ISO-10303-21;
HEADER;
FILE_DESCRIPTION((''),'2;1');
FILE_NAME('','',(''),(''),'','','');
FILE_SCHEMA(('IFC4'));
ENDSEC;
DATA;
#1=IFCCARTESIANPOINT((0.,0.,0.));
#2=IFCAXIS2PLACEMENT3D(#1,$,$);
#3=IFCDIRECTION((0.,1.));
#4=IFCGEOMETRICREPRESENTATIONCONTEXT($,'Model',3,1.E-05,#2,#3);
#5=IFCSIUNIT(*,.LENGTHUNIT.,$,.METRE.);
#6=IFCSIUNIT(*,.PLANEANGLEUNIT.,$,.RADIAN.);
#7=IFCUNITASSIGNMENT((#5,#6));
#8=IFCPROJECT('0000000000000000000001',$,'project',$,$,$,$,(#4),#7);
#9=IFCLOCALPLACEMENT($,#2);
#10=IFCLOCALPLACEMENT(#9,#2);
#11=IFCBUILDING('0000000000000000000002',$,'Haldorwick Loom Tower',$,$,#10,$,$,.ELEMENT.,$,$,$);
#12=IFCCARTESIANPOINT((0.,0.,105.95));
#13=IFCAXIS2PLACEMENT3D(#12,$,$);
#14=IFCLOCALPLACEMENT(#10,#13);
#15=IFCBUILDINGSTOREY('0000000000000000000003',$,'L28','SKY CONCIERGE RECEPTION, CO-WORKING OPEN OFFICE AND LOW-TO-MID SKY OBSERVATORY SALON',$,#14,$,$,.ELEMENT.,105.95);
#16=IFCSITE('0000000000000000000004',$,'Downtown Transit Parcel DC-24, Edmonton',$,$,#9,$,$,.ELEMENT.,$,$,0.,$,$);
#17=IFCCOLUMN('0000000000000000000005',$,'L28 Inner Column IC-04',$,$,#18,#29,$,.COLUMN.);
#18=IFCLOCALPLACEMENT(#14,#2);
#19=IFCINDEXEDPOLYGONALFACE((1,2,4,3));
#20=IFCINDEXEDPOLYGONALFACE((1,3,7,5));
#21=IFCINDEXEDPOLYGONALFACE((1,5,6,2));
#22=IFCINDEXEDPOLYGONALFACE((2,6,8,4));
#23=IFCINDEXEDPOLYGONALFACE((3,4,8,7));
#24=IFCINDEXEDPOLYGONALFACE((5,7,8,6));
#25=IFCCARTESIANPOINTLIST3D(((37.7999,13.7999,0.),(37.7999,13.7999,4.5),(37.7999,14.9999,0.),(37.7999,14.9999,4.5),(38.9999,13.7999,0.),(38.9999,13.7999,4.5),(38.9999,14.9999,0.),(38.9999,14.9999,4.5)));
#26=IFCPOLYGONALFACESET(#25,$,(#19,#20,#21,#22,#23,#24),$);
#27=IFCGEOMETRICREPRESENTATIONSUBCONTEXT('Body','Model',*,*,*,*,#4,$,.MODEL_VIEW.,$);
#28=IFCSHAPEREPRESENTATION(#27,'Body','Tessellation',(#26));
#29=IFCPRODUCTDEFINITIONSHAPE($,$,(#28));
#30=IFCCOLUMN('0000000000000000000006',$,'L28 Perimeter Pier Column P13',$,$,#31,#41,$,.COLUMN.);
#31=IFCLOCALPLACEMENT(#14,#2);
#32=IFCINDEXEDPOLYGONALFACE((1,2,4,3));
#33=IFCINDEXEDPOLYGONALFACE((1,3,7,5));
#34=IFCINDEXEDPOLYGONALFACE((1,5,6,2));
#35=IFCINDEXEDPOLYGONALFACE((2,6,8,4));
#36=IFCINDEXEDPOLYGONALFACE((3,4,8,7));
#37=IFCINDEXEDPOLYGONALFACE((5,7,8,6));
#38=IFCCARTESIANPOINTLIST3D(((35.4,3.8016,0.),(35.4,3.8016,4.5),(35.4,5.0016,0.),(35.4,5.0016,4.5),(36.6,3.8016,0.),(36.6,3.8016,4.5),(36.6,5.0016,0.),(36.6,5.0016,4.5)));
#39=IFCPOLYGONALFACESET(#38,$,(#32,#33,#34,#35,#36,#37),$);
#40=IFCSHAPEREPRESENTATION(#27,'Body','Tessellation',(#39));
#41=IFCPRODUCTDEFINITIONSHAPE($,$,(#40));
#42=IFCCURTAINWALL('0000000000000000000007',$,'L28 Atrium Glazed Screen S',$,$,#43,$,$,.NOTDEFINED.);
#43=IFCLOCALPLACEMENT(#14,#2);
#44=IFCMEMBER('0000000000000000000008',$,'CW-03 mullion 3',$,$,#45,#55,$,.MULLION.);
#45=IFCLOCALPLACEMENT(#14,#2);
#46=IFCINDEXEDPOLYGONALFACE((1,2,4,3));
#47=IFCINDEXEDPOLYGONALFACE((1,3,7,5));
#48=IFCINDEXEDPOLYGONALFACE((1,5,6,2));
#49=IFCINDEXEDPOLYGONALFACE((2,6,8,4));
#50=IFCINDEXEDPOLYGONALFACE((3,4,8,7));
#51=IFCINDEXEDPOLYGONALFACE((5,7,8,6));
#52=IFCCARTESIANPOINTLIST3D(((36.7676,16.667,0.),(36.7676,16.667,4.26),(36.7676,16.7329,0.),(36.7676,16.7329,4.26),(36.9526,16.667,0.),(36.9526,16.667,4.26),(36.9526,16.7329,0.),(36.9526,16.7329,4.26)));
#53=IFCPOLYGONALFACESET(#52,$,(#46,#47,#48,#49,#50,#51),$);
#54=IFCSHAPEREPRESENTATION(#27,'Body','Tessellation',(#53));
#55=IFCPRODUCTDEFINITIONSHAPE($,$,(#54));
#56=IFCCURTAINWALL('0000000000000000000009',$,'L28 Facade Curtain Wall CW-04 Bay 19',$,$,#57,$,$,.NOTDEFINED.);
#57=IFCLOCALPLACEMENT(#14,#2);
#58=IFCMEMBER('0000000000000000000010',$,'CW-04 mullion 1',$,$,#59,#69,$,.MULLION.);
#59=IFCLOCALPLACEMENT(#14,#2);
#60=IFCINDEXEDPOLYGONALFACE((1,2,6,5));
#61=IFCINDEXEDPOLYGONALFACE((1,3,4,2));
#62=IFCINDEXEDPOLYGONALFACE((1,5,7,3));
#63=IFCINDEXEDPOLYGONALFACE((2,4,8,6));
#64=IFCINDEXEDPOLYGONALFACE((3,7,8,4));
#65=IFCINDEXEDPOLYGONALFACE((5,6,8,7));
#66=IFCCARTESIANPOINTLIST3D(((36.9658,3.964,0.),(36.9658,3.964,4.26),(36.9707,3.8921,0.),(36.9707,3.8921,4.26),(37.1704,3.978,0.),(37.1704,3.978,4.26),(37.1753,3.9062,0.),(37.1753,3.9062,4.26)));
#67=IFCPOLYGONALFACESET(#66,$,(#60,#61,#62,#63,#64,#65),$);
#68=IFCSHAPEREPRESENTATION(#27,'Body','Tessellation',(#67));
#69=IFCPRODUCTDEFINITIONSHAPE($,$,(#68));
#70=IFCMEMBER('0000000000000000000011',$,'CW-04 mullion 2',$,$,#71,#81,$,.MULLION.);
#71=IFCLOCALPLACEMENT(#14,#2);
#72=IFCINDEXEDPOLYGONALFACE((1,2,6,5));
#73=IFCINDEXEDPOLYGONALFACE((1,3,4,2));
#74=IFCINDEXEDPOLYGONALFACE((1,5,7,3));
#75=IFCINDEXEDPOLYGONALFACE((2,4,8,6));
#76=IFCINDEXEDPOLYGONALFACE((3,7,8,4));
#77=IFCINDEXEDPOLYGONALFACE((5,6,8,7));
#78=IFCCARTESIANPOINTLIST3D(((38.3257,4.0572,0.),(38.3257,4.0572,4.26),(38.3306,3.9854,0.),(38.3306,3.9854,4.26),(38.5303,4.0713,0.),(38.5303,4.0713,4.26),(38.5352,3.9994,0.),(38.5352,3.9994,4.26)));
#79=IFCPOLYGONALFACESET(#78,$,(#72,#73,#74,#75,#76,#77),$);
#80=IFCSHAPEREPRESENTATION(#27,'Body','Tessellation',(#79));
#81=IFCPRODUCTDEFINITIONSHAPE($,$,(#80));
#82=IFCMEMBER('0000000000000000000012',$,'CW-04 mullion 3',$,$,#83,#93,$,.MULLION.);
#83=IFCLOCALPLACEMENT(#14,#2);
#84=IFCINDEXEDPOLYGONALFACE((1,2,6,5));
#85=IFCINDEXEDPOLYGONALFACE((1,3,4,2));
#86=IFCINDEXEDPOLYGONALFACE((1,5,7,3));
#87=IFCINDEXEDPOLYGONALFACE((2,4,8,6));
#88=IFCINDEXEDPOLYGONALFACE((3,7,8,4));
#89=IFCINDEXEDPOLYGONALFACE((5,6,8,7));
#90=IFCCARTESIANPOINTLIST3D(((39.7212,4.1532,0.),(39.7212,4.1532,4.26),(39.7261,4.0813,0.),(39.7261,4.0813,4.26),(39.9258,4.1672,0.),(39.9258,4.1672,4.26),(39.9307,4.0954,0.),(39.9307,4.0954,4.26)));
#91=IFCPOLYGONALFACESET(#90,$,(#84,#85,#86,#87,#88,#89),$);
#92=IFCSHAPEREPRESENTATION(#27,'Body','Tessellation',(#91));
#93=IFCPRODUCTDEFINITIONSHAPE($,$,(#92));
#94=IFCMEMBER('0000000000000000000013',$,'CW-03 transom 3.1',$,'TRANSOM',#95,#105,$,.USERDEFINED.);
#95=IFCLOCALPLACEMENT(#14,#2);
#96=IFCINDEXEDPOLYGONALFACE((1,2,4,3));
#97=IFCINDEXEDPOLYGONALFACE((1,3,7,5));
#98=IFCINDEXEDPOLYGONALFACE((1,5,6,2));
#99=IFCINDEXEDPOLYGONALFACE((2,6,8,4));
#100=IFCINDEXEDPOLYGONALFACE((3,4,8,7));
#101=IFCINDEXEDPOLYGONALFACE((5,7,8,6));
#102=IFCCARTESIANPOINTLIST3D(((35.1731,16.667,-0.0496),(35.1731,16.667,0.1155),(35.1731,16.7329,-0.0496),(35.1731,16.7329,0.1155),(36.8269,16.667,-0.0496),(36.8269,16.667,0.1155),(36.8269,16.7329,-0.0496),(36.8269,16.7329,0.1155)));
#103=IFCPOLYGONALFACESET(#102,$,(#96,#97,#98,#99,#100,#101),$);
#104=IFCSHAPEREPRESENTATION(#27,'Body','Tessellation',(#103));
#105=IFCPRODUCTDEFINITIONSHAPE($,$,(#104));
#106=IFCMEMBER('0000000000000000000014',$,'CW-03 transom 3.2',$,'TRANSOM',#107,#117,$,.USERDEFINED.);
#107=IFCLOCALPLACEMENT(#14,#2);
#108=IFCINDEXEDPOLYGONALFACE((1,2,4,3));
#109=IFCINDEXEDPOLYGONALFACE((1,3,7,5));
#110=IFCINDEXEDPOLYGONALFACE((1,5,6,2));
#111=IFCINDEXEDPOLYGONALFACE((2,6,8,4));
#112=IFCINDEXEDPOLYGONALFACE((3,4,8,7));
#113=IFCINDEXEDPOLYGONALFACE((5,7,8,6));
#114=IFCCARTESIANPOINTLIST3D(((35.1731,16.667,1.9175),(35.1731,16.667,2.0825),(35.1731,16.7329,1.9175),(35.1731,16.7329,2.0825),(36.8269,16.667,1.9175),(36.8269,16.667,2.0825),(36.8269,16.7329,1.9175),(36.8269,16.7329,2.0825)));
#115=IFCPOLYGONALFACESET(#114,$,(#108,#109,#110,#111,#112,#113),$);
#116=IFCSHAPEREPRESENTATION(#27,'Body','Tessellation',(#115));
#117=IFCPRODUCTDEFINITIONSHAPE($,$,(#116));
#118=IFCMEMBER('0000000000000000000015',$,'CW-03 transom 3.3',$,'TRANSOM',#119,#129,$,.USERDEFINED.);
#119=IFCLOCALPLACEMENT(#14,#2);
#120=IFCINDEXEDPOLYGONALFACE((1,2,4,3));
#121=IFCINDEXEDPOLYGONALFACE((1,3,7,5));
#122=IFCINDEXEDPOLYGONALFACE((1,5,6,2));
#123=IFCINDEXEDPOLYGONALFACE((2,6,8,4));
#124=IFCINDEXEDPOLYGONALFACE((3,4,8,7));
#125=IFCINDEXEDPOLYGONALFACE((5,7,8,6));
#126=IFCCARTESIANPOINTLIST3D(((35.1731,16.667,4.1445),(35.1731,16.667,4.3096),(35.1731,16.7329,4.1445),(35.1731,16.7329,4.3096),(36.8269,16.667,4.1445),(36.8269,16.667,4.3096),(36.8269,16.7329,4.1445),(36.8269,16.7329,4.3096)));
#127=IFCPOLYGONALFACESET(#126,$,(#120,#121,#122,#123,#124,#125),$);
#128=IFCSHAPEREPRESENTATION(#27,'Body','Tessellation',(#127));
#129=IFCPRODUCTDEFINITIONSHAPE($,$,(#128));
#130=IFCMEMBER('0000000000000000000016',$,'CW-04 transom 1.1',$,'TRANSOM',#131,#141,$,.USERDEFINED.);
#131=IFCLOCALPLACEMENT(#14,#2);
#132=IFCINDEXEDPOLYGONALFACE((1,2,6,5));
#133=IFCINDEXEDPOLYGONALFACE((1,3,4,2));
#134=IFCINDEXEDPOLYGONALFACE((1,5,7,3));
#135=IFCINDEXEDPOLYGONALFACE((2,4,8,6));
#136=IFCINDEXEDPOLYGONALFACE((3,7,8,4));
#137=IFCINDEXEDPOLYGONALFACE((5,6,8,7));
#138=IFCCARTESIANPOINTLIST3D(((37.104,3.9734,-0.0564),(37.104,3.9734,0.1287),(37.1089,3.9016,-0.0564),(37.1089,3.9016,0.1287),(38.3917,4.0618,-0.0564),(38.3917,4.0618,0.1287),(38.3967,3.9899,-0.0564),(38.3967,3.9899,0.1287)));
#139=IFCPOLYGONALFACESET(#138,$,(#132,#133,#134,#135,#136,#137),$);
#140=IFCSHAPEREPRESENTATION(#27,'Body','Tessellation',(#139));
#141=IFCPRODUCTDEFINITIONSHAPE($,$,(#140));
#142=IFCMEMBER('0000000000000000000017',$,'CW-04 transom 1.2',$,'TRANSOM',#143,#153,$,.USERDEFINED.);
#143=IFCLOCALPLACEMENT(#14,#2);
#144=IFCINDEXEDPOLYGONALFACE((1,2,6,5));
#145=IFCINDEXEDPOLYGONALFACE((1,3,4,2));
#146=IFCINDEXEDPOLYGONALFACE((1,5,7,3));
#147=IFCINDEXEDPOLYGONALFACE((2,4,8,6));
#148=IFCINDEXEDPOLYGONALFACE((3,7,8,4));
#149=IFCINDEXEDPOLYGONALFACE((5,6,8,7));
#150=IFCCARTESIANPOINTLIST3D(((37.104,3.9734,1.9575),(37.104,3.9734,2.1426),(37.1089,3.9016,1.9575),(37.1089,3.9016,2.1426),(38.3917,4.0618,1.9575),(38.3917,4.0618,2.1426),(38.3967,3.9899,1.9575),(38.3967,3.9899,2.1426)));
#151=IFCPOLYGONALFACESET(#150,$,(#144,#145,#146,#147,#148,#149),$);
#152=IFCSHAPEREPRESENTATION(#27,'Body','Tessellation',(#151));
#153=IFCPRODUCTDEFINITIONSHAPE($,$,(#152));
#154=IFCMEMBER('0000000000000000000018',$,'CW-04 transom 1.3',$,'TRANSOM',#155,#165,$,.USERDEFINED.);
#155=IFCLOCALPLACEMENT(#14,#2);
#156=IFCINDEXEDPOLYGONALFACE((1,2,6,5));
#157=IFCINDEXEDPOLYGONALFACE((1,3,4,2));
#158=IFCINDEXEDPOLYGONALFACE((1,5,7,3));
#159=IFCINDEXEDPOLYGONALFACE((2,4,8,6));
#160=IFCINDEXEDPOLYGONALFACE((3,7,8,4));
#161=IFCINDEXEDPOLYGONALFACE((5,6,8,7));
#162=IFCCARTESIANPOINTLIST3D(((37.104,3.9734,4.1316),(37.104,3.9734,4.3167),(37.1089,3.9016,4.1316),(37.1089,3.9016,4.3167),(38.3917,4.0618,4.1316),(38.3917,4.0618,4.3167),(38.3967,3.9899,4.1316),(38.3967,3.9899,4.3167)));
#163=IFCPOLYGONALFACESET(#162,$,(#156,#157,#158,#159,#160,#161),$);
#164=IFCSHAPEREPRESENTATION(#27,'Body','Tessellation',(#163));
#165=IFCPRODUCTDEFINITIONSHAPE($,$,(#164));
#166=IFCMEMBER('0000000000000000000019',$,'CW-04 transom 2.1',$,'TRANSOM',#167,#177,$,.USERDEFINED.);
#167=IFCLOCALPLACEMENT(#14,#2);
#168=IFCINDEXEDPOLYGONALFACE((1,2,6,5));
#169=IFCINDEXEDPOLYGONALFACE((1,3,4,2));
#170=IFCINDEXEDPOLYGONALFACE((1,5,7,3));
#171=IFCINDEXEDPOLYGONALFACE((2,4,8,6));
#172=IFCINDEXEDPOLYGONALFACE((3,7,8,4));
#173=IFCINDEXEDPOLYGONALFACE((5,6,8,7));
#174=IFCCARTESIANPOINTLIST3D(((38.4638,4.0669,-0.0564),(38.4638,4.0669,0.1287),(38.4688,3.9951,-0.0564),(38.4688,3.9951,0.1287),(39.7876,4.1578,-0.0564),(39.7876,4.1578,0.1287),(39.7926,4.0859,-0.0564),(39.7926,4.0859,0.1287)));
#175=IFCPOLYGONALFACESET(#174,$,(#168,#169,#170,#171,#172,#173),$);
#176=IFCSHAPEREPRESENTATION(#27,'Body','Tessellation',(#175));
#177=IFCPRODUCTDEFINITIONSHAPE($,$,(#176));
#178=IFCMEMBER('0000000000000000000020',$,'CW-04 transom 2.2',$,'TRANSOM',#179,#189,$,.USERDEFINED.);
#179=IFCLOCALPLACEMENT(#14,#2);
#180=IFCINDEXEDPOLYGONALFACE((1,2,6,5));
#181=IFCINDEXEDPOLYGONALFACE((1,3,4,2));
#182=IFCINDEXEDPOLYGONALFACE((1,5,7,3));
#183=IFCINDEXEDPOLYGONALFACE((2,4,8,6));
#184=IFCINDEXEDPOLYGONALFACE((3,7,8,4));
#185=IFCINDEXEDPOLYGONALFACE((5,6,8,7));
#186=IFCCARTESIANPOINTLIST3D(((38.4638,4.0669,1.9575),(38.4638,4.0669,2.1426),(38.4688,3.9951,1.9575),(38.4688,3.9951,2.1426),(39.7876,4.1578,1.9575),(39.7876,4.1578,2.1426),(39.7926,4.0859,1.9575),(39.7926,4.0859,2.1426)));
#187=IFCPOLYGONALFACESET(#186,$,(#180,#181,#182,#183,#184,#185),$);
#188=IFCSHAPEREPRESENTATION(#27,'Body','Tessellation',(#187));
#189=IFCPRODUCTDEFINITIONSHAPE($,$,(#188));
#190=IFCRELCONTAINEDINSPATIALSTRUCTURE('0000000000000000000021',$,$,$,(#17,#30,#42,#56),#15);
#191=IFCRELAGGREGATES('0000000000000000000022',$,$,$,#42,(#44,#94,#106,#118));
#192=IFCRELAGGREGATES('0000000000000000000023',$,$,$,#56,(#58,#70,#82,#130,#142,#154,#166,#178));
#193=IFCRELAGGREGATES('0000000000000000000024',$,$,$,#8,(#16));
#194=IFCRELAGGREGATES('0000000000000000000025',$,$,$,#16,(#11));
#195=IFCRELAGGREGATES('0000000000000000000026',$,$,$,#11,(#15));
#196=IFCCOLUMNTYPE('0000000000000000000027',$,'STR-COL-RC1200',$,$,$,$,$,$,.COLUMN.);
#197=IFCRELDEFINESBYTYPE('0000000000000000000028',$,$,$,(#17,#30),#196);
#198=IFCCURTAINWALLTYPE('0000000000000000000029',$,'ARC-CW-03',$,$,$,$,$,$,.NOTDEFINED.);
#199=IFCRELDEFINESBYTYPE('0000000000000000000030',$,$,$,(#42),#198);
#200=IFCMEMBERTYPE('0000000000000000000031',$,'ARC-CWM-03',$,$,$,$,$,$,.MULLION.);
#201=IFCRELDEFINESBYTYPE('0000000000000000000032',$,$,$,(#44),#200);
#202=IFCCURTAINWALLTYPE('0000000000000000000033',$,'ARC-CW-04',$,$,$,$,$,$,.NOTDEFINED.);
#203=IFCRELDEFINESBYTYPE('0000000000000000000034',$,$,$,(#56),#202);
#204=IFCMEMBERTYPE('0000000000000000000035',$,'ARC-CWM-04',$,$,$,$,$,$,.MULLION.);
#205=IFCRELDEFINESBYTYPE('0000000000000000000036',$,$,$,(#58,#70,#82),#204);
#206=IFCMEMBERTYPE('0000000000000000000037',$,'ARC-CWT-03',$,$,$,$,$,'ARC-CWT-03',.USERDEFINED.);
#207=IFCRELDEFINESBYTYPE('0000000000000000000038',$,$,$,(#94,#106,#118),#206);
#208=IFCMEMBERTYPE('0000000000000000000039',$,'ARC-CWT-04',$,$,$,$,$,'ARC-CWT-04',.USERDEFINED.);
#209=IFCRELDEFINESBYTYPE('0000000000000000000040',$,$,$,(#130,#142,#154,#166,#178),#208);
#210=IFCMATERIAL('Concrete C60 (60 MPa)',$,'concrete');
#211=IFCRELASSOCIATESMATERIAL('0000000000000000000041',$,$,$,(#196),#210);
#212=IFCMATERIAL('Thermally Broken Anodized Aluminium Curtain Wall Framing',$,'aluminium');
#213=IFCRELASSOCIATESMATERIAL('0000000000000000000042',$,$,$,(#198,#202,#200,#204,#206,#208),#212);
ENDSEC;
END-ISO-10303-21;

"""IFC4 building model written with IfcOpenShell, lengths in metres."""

from ifc_helpers import new_model, si_unit, direction, frame, origin, origin_2d, place, context, subcontext, project, spatial, rectangle, extrude, material, material_profile, profile_set, type_object, element, aggregate, save


model = new_model("IFC4")

# Units and contexts
model_context = context("Model", 3, precision=1e-05, world=origin(), true_north=direction((0.0, 1.0)))
body_context = subcontext(model_context, "Body", "Model", "MODEL_VIEW")
ifc_project = project(units=[si_unit("LENGTHUNIT", "METRE"), si_unit("PLANEANGLEUNIT", "RADIAN")], contexts=[model_context])

# Site, building, storey
site_placement = place(None, origin())
site = spatial("IfcSite", under=ifc_project, at=site_placement, Name="Downtown Transit Parcel DC-24, Edmonton", CompositionType="ELEMENT", RefElevation=0.0)
building_placement = place(site_placement, origin())
building = spatial("IfcBuilding", under=site, at=building_placement, Name="Haldorwick Loom Tower", CompositionType="ELEMENT")
storey_placement = place(building_placement, frame((0.0, 0.0, 105.95)))
storey = spatial("IfcBuildingStorey", under=building, at=storey_placement, Name="L28", Description="SKY CONCIERGE RECEPTION, CO-WORKING OPEN OFFICE AND LOW-TO-MID SKY OBSERVATORY SALON", CompositionType="ELEMENT", Elevation=105.95)

# Columns
ifc_material_1 = material(Name="Concrete C60 (60 MPa)", Category="concrete")
ifc_material_profile_1 = material_profile(ifc_material_1, rectangle(XDim=1.2, YDim=1.2, at=origin_2d()), Name="RC1200X1200", Category="concrete")
ifc_profile_set_1 = profile_set([ifc_material_profile_1], Name="Concrete C60 (60 MPa)")
column_type = type_object("IfcColumnType", Name="STR-COL-RC1200", PredefinedType="COLUMN", material=ifc_profile_set_1)
for number, where, z_axis, x_axis, name in (
    (1, (38.3999, 14.3999, 0.0), (0.0, 0.0, 1.0), (1.0, 0.0, 0.0), "L28 Inner Column IC-04"),
    (2, (36.0, 4.4016, 0.0), (0.0, 0.0, 1.0), (0.0, -1.0, 0.0), "L28 Perimeter Pier Column P13"),
):
    element("IfcColumn", number, at=place(storey_placement, frame(where, z_axis=z_axis, x_axis=x_axis)), inside=storey, type_object=column_type, Name=name, PredefinedType="COLUMN", context=body_context, shape_type="SweptSolid", body=[
        extrude(rectangle(XDim=1.2, YDim=1.2, at=origin_2d()), origin(), (0.0, 0.0, 1.0), 4.5),
    ])

# Curtain wall, member
ifc_material_2 = material(Name="Thermally Broken Anodized Aluminium Curtain Wall Framing", Category="aluminium")
curtain_wall_type_1 = type_object("IfcCurtainWallType", Name="ARC-CW-03", PredefinedType="NOTDEFINED", material=ifc_material_2)
curtain_wall_1_placement = place(storey_placement, origin())
curtain_wall_1 = element("IfcCurtainWall", 3, at=curtain_wall_1_placement, inside=storey, type_object=curtain_wall_type_1, Name="L28 Atrium Glazed Screen S", PredefinedType="NOTDEFINED")
ifc_material_profile_2 = material_profile(ifc_material_2, rectangle(XDim=0.0659, YDim=0.1851, at=origin_2d()), Name="ALU_MUL_66X185", Category="aluminium")
ifc_profile_set_2 = profile_set([ifc_material_profile_2], Name="Thermally Broken Anodized Aluminium Curtain Wall Framing")
member_type_1 = type_object("IfcMemberType", Name="ARC-CWM-03", PredefinedType="MULLION", material=ifc_profile_set_2)
member_1_placement = place(storey_placement, frame((36.8601, 16.7, 0.0), z_axis=(0.0, 0.0, 1.0), x_axis=(0.0, -1.0, 0.0)))
member_1 = element("IfcMember", 4, at=member_1_placement, type_object=member_type_1, Name="CW-03 mullion 3", PredefinedType="MULLION", context=body_context, shape_type="SweptSolid", body=[
    extrude(rectangle(XDim=0.0659, YDim=0.1851, at=origin_2d()), origin(), (0.0, 0.0, 1.0), 4.26),
])

# Curtain wall, members
curtain_wall_type_2 = type_object("IfcCurtainWallType", Name="ARC-CW-04", PredefinedType="NOTDEFINED", material=ifc_material_2)
curtain_wall_2_placement = place(storey_placement, origin())
curtain_wall_2 = element("IfcCurtainWall", 5, at=curtain_wall_2_placement, inside=storey, type_object=curtain_wall_type_2, Name="L28 Facade Curtain Wall CW-04 Bay 19", PredefinedType="NOTDEFINED")
ifc_material_profile_3 = material_profile(ifc_material_2, rectangle(XDim=0.072, YDim=0.2051, at=origin_2d()), Name="ALU_MUL_72X205", Category="aluminium")
ifc_profile_set_3 = profile_set([ifc_material_profile_3], Name="Thermally Broken Anodized Aluminium Curtain Wall Framing")
member_type_2 = type_object("IfcMemberType", Name="ARC-CWM-04", PredefinedType="MULLION", material=ifc_profile_set_3)
member_2_placement = place(storey_placement, frame((37.0706, 3.9351, 0.0), z_axis=(0.0, 0.0, 1.0), x_axis=(-0.068496, 0.997651, 0.0)))
member_2 = element("IfcMember", 6, at=member_2_placement, type_object=member_type_2, Name="CW-04 mullion 1", PredefinedType="MULLION", context=body_context, shape_type="SweptSolid", body=[
    extrude(rectangle(XDim=0.072, YDim=0.2051, at=origin_2d()), origin(), (0.0, 0.0, 1.0), 4.26),
])
member_3_placement = place(storey_placement, frame((38.4304, 4.0283, 0.0), z_axis=(0.0, 0.0, 1.0), x_axis=(-0.068496, 0.997651, 0.0)))
member_3 = element("IfcMember", 7, at=member_3_placement, type_object=member_type_2, Name="CW-04 mullion 2", PredefinedType="MULLION", context=body_context, shape_type="SweptSolid", body=[
    extrude(rectangle(XDim=0.072, YDim=0.2051, at=origin_2d()), origin(), (0.0, 0.0, 1.0), 4.26),
])
member_4_placement = place(storey_placement, frame((39.8259, 4.1243, 0.0), z_axis=(0.0, 0.0, 1.0), x_axis=(-0.068496, 0.997651, 0.0)))
member_4 = element("IfcMember", 8, at=member_4_placement, type_object=member_type_2, Name="CW-04 mullion 3", PredefinedType="MULLION", context=body_context, shape_type="SweptSolid", body=[
    extrude(rectangle(XDim=0.072, YDim=0.2051, at=origin_2d()), origin(), (0.0, 0.0, 1.0), 4.26),
])

# Members
ifc_material_profile_4 = material_profile(ifc_material_2, rectangle(XDim=0.0659, YDim=0.165, at=origin_2d()), Name="ALU_TRN_66X165", Category="aluminium")
ifc_profile_set_4 = profile_set([ifc_material_profile_4], Name="Thermally Broken Anodized Aluminium Curtain Wall Framing")
member_type_3 = type_object("IfcMemberType", Name="ARC-CWT-03", ElementType="ARC-CWT-03", PredefinedType="USERDEFINED", material=ifc_profile_set_4)
member_5_placement = place(storey_placement, frame((36.8269, 16.7, 0.033), z_axis=(-1.0, 0.0, 0.0), x_axis=(0.0, -1.0, 0.0)))
member_5 = element("IfcMember", 9, at=member_5_placement, type_object=member_type_3, Name="CW-03 transom 3.1", ObjectType="TRANSOM", PredefinedType="USERDEFINED", context=body_context, shape_type="SweptSolid", body=[
    extrude(rectangle(XDim=0.0659, YDim=0.165, at=origin_2d()), origin(), (0.0, 0.0, 1.0), 1.6538),
])
member_6_placement = place(storey_placement, frame((36.8269, 16.7, 2.0), z_axis=(-1.0, 0.0, 0.0), x_axis=(0.0, -1.0, 0.0)))
member_6 = element("IfcMember", 10, at=member_6_placement, type_object=member_type_3, Name="CW-03 transom 3.2", ObjectType="TRANSOM", PredefinedType="USERDEFINED", context=body_context, shape_type="SweptSolid", body=[
    extrude(rectangle(XDim=0.0659, YDim=0.165, at=origin_2d()), origin(), (0.0, 0.0, 1.0), 1.6538),
])
member_7_placement = place(storey_placement, frame((36.8269, 16.7, 4.2271), z_axis=(-1.0, 0.0, 0.0), x_axis=(0.0, -1.0, 0.0)))
member_7 = element("IfcMember", 11, at=member_7_placement, type_object=member_type_3, Name="CW-03 transom 3.3", ObjectType="TRANSOM", PredefinedType="USERDEFINED", context=body_context, shape_type="SweptSolid", body=[
    extrude(rectangle(XDim=0.0659, YDim=0.165, at=origin_2d()), origin(), (0.0, 0.0, 1.0), 1.6538),
])
ifc_material_profile_5 = material_profile(ifc_material_2, rectangle(XDim=0.072, YDim=0.1851, at=origin_2d()), Name="ALU_TRN_72X185", Category="aluminium")
ifc_profile_set_5 = profile_set([ifc_material_profile_5], Name="Thermally Broken Anodized Aluminium Curtain Wall Framing")
member_type_4 = type_object("IfcMemberType", Name="ARC-CWT-04", ElementType="ARC-CWT-04", PredefinedType="USERDEFINED", material=ifc_profile_set_5)
member_8_placement = place(storey_placement, frame((37.1064, 3.9375, 0.0361), z_axis=(0.997654, 0.068465, 0.0), x_axis=(-0.068465, 0.997654, 0.0)))
member_8 = element("IfcMember", 12, at=member_8_placement, type_object=member_type_4, Name="CW-04 transom 1.1", ObjectType="TRANSOM", PredefinedType="USERDEFINED", context=body_context, shape_type="SweptSolid", body=[
    extrude(rectangle(XDim=0.072, YDim=0.1851, at=origin_2d()), origin(), (0.0, 0.0, 1.0), 1.2908),
])
member_9_placement = place(storey_placement, frame((37.1064, 3.9375, 2.05), z_axis=(0.997654, 0.068465, 0.0), x_axis=(-0.068465, 0.997654, 0.0)))
member_9 = element("IfcMember", 13, at=member_9_placement, type_object=member_type_4, Name="CW-04 transom 1.2", ObjectType="TRANSOM", PredefinedType="USERDEFINED", context=body_context, shape_type="SweptSolid", body=[
    extrude(rectangle(XDim=0.072, YDim=0.1851, at=origin_2d()), origin(), (0.0, 0.0, 1.0), 1.2908),
])
member_10_placement = place(storey_placement, frame((37.1064, 3.9375, 4.2241), z_axis=(0.997654, 0.068465, 0.0), x_axis=(-0.068465, 0.997654, 0.0)))
member_10 = element("IfcMember", 14, at=member_10_placement, type_object=member_type_4, Name="CW-04 transom 1.3", ObjectType="TRANSOM", PredefinedType="USERDEFINED", context=body_context, shape_type="SweptSolid", body=[
    extrude(rectangle(XDim=0.072, YDim=0.1851, at=origin_2d()), origin(), (0.0, 0.0, 1.0), 1.2908),
])
member_11_placement = place(storey_placement, frame((38.4663, 4.031, 0.0361), z_axis=(0.997655, 0.068448, 0.0), x_axis=(-0.068448, 0.997655, 0.0)))
member_11 = element("IfcMember", 15, at=member_11_placement, type_object=member_type_4, Name="CW-04 transom 2.1", ObjectType="TRANSOM", PredefinedType="USERDEFINED", context=body_context, shape_type="SweptSolid", body=[
    extrude(rectangle(XDim=0.072, YDim=0.1851, at=origin_2d()), origin(), (0.0, 0.0, 1.0), 1.3269),
])
member_12_placement = place(storey_placement, frame((38.4663, 4.031, 2.05), z_axis=(0.997655, 0.068448, 0.0), x_axis=(-0.068448, 0.997655, 0.0)))
member_12 = element("IfcMember", 16, at=member_12_placement, type_object=member_type_4, Name="CW-04 transom 2.2", ObjectType="TRANSOM", PredefinedType="USERDEFINED", context=body_context, shape_type="SweptSolid", body=[
    extrude(rectangle(XDim=0.072, YDim=0.1851, at=origin_2d()), origin(), (0.0, 0.0, 1.0), 1.3269),
])

aggregate(curtain_wall_1, [member_1, member_5, member_6, member_7])
aggregate(curtain_wall_2, [member_2, member_3, member_4, member_8, member_9, member_10, member_11, member_12])

save(model, "model.ifc")
